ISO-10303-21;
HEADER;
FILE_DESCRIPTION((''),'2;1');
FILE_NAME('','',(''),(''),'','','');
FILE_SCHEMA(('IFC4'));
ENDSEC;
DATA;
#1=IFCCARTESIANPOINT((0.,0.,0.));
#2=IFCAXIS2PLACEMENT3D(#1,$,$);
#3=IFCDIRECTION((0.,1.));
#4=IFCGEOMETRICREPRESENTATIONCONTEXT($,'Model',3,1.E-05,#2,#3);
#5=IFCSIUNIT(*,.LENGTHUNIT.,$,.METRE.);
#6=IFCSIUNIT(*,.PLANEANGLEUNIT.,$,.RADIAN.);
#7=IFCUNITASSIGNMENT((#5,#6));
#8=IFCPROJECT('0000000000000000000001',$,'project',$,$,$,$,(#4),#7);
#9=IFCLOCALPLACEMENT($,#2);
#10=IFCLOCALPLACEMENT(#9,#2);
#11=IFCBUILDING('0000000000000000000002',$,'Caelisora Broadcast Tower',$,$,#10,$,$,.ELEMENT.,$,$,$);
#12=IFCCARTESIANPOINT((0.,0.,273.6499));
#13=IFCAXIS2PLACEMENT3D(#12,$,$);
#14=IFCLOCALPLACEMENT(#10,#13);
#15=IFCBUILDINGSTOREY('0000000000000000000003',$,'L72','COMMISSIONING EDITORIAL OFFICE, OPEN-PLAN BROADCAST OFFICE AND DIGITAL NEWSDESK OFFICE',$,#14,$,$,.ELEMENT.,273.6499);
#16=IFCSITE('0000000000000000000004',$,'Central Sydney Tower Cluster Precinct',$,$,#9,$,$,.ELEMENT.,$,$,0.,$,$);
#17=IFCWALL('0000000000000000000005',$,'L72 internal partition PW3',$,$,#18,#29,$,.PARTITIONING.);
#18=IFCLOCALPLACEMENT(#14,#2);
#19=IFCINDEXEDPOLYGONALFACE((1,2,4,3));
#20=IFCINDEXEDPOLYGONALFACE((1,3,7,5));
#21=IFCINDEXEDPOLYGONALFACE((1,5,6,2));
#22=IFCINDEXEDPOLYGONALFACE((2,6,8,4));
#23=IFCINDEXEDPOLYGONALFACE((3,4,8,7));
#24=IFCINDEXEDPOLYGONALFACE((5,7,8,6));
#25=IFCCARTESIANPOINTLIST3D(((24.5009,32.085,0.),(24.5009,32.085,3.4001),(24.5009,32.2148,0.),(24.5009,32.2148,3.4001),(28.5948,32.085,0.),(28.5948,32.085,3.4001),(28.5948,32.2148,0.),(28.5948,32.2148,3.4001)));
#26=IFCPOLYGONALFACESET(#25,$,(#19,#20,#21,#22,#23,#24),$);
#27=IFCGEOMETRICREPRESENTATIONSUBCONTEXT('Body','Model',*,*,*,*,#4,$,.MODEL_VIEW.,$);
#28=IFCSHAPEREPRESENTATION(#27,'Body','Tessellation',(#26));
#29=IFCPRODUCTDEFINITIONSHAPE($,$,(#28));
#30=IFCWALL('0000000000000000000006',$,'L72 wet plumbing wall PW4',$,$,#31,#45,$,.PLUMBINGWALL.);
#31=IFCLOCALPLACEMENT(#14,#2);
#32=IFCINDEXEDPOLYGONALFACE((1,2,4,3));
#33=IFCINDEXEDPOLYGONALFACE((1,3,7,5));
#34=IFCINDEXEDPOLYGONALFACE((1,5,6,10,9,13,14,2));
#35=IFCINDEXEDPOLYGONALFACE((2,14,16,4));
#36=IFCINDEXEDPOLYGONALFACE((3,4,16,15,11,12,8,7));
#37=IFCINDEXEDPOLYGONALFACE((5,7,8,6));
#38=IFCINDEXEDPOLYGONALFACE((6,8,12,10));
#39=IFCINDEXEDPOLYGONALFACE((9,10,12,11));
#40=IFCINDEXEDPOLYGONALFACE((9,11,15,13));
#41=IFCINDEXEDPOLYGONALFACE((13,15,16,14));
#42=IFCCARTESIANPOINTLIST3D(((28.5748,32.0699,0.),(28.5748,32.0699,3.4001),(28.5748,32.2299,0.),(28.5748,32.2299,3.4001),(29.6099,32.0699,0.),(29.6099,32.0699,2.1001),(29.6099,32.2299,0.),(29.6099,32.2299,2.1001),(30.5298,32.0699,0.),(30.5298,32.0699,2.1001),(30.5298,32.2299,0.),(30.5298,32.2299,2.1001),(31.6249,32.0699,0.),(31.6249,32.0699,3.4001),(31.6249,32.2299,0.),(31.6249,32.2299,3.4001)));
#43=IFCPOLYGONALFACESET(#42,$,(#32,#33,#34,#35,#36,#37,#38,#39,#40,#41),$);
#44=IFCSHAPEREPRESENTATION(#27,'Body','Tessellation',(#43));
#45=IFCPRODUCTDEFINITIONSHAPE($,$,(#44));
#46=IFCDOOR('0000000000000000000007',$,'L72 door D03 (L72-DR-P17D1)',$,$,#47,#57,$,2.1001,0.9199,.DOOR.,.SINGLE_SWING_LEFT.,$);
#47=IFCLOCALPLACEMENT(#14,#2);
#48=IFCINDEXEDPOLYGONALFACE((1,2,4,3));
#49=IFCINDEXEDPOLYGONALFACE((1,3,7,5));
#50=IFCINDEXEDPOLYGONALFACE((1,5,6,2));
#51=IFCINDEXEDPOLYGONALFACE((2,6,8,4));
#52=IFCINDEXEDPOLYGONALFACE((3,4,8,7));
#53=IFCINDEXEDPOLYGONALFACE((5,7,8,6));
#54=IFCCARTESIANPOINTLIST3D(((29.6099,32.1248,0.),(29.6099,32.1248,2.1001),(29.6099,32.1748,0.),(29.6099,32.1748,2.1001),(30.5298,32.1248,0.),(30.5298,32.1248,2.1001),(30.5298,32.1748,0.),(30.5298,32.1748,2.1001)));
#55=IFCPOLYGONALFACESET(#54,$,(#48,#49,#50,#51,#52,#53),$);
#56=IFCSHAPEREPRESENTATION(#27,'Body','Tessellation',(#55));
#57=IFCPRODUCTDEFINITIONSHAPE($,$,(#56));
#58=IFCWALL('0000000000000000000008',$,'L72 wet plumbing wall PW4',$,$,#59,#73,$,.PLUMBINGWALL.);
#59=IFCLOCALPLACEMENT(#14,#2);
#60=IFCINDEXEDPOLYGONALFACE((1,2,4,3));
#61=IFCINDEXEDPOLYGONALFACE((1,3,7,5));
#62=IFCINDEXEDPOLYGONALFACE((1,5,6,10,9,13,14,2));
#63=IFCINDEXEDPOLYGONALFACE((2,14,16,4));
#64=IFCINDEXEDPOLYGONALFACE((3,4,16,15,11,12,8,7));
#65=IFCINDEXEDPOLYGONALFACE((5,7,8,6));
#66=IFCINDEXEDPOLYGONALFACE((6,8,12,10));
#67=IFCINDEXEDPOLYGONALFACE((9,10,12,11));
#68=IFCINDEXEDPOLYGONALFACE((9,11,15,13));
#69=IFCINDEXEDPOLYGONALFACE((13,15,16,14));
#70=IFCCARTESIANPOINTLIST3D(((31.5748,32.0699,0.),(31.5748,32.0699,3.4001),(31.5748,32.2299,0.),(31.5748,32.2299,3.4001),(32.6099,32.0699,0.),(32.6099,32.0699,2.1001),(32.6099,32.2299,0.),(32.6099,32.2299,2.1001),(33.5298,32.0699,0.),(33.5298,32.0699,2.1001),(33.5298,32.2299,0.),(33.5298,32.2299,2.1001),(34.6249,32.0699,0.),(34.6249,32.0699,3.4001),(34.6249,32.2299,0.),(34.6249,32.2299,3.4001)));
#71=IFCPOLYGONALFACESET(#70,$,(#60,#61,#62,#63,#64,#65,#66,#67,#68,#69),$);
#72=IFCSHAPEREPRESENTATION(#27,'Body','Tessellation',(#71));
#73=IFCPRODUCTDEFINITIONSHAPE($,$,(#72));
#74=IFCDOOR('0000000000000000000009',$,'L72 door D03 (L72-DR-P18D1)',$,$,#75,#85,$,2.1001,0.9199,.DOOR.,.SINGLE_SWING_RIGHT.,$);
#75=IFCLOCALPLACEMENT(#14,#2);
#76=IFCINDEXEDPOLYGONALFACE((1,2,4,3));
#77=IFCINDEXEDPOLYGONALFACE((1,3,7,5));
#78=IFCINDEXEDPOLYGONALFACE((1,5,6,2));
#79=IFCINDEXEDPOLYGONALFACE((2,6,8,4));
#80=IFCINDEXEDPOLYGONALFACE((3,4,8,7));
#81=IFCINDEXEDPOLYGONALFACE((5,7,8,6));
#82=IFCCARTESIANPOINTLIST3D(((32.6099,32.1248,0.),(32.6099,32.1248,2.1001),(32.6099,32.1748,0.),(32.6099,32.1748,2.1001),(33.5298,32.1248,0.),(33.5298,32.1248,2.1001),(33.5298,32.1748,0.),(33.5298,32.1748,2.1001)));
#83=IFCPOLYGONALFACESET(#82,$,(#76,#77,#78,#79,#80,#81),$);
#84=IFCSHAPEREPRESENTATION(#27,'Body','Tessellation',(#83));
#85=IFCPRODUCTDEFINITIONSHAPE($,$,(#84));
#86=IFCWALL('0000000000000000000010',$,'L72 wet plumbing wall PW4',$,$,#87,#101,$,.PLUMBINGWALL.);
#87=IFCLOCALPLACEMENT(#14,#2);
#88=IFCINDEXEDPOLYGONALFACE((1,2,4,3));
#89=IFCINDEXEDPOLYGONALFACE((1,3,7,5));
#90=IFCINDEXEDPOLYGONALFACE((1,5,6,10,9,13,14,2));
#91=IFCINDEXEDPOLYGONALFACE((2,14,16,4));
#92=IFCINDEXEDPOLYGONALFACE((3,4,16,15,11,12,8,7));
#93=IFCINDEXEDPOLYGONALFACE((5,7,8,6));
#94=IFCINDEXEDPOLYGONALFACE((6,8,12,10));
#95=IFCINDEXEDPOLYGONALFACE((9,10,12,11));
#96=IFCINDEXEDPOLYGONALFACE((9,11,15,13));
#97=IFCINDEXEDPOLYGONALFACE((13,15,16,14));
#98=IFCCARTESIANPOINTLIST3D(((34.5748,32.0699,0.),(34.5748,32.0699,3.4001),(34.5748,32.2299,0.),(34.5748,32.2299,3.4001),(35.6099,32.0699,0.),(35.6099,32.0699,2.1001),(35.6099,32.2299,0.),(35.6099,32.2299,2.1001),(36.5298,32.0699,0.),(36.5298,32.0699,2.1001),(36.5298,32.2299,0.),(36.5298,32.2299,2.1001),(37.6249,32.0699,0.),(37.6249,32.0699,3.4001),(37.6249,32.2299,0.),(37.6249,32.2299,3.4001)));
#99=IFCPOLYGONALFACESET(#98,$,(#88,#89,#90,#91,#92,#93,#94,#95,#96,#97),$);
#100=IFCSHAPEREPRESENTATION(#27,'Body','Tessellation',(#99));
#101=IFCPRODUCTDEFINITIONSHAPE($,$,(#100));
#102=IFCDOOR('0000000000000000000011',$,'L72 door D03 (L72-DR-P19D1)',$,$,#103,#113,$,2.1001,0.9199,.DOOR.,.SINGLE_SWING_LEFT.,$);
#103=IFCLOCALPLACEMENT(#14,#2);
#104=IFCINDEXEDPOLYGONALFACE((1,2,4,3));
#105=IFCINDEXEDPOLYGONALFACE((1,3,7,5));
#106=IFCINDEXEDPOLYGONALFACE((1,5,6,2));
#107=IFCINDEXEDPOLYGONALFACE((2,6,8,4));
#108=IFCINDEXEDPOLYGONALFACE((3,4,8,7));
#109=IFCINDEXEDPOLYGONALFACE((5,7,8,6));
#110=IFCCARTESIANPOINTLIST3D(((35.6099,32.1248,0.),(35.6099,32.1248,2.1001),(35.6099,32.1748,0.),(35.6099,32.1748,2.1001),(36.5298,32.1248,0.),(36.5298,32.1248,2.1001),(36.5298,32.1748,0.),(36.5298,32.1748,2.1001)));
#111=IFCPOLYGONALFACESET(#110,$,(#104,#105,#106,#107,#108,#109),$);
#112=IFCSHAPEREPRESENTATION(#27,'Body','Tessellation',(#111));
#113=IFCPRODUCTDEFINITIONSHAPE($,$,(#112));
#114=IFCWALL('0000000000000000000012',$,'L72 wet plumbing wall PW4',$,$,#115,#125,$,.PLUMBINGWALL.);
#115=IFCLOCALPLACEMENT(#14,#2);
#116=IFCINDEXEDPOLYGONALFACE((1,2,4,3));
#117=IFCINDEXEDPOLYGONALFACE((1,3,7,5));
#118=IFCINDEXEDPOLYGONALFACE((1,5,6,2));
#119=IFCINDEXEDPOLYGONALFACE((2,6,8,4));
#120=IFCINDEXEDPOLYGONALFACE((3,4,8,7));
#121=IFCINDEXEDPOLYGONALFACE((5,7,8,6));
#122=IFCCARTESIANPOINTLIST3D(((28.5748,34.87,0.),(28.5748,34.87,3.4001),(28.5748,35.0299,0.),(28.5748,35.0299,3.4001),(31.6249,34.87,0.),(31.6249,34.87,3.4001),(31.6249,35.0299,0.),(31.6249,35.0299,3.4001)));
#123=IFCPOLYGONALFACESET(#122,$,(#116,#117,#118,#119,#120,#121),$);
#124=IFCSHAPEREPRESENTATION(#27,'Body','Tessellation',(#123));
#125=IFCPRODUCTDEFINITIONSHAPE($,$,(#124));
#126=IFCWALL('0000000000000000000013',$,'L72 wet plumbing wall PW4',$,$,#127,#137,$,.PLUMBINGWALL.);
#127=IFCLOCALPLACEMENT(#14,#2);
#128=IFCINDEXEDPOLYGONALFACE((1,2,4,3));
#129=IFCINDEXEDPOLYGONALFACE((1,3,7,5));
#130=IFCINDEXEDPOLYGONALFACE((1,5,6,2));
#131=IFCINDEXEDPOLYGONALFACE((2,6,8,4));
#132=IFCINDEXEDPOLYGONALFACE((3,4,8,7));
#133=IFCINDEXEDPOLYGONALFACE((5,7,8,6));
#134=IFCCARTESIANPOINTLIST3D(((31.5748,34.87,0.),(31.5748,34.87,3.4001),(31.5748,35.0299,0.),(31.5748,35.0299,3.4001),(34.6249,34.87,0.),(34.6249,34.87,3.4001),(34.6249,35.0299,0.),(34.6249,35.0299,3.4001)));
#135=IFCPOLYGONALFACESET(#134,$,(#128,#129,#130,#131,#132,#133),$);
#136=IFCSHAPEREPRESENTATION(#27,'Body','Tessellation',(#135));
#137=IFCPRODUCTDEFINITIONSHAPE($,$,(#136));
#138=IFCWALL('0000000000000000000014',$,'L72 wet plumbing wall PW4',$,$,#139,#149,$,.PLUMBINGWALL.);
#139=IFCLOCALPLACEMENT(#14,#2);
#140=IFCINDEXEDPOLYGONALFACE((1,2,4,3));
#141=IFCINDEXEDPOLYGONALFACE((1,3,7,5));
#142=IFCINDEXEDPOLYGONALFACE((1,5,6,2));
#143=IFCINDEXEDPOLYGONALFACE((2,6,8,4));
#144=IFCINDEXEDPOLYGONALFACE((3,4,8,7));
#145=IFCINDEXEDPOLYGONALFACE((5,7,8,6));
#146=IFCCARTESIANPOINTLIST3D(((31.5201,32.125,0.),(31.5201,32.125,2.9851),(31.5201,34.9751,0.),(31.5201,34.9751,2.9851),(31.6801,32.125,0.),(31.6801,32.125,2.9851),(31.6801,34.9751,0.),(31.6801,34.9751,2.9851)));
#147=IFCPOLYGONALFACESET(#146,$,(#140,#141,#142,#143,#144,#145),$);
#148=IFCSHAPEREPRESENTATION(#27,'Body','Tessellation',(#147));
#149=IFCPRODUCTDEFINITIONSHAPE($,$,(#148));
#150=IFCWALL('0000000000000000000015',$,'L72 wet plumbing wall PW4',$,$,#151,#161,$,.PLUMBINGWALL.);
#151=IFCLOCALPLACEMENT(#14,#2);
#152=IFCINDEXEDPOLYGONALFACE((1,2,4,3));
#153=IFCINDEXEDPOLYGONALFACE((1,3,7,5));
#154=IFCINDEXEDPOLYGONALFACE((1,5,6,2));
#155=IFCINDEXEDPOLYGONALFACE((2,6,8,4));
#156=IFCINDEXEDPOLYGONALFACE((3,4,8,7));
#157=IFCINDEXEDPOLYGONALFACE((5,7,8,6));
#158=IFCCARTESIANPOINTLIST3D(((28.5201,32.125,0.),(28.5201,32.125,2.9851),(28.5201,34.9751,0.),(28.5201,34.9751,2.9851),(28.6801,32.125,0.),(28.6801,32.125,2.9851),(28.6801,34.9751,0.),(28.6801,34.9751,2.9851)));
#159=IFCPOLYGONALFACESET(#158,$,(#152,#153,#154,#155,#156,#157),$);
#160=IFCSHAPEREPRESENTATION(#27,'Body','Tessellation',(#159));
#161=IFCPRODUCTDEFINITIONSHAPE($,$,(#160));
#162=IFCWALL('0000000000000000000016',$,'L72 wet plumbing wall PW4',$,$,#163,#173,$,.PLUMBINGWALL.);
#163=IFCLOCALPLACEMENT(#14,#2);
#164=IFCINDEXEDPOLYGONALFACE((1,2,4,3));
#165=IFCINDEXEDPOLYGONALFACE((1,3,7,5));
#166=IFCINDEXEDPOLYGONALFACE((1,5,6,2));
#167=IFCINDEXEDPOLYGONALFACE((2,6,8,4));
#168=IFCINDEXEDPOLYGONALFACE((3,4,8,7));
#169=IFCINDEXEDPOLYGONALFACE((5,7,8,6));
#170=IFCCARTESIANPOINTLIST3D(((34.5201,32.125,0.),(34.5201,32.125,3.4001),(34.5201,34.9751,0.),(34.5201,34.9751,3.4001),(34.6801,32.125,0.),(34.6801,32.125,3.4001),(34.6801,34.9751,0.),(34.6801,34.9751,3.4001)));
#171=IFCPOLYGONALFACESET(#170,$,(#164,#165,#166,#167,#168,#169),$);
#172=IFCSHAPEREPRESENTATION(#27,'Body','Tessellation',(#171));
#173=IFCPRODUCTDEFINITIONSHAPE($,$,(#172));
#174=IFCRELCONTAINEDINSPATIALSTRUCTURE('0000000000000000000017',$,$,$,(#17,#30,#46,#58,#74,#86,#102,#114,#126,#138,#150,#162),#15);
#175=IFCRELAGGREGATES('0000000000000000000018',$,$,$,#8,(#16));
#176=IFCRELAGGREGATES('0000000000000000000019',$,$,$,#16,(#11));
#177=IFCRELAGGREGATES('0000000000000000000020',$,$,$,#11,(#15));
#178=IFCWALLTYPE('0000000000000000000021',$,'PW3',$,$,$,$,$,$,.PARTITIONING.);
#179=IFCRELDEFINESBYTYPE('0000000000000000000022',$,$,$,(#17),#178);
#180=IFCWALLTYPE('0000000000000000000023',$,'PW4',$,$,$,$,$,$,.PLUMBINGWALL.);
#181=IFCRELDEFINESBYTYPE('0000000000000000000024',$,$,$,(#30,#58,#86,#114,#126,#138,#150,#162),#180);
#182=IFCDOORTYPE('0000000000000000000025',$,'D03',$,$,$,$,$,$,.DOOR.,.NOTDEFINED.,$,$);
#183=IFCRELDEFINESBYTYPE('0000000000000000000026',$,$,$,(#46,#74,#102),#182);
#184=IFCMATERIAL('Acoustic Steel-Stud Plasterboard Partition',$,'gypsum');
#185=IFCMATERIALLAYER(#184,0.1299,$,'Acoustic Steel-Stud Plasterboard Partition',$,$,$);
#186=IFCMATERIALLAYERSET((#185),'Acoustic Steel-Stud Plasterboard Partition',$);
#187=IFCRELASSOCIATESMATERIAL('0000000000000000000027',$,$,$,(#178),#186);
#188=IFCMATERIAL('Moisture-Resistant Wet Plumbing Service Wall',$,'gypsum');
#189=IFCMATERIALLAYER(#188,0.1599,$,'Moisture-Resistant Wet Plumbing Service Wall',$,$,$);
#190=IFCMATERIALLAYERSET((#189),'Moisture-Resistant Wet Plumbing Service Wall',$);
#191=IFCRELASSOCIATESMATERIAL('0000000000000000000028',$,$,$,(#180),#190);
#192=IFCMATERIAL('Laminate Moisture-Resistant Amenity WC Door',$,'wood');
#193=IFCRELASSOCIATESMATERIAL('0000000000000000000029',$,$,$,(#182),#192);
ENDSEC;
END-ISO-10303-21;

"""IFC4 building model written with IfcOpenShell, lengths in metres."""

from ifc_helpers import new_model, si_unit, direction, frame, frame_2d, origin, place, context, subcontext, project, spatial, rectangle, extrude, material, layer, layer_set, type_object, element, fill, save


model = new_model("IFC4")

# Units and contexts
model_context = context("Model", 3, precision=1e-05, world=origin(), true_north=direction((0.0, 1.0)))
body_context = subcontext(model_context, "Body", "Model", "MODEL_VIEW")
ifc_project = project(units=[si_unit("LENGTHUNIT", "METRE"), si_unit("PLANEANGLEUNIT", "RADIAN")], contexts=[model_context])

# Site, building, storey
site_placement = place(None, origin())
site = spatial("IfcSite", under=ifc_project, at=site_placement, Name="Central Sydney Tower Cluster Precinct", CompositionType="ELEMENT", RefElevation=0.0)
building_placement = place(site_placement, origin())
building = spatial("IfcBuilding", under=site, at=building_placement, Name="Caelisora Broadcast Tower", CompositionType="ELEMENT")
storey_placement = place(building_placement, frame((0.0, 0.0, 273.6499)))
storey = spatial("IfcBuildingStorey", under=building, at=storey_placement, Name="L72", Description="COMMISSIONING EDITORIAL OFFICE, OPEN-PLAN BROADCAST OFFICE AND DIGITAL NEWSDESK OFFICE", CompositionType="ELEMENT", Elevation=273.6499)

# Wall
ifc_material_1 = material(Name="Acoustic Steel-Stud Plasterboard Partition", Category="gypsum")
ifc_layer_1 = layer(ifc_material_1, 0.1299, Name="Acoustic Steel-Stud Plasterboard Partition")
ifc_layer_set_1 = layer_set([ifc_layer_1], Name="Acoustic Steel-Stud Plasterboard Partition")
wall_type_1 = type_object("IfcWallType", Name="PW3", PredefinedType="PARTITIONING", material=ifc_layer_set_1)
wall_1_placement = place(storey_placement, frame((24.501, 32.1499, 0.0), z_axis=(0.0, 0.0, 1.0), x_axis=(1.0, 0.0, 0.0)))
element("IfcWall", 1, at=wall_1_placement, inside=storey, type_object=wall_type_1, Name="L72 internal partition PW3", PredefinedType="PARTITIONING", context=body_context, shape_type="SweptSolid", body=[
    extrude(rectangle(XDim=4.094, YDim=0.1299, at=frame_2d((2.0469, 0.0))), origin(), (0.0, 0.0, 1.0), 3.4001),
])

# Walls, openings, doors
ifc_material_2 = material(Name="Moisture-Resistant Wet Plumbing Service Wall", Category="gypsum")
ifc_layer_2 = layer(ifc_material_2, 0.1599, Name="Moisture-Resistant Wet Plumbing Service Wall")
ifc_layer_set_2 = layer_set([ifc_layer_2], Name="Moisture-Resistant Wet Plumbing Service Wall")
wall_type_2 = type_object("IfcWallType", Name="PW4", PredefinedType="PLUMBINGWALL", material=ifc_layer_set_2)
wall_2_placement = place(storey_placement, frame((28.575, 32.1499, 0.0), z_axis=(0.0, 0.0, 1.0), x_axis=(1.0, 0.0, 0.0)))
wall_2 = element("IfcWall", 2, at=wall_2_placement, inside=storey, type_object=wall_type_2, Name="L72 wet plumbing wall PW4", PredefinedType="PLUMBINGWALL", context=body_context, shape_type="SweptSolid", body=[
    extrude(rectangle(XDim=3.05, YDim=0.1599, at=frame_2d((1.5249, 0.0))), origin(), (0.0, 0.0, 1.0), 3.4001),
])
opening_1_placement = place(wall_2_placement, frame((1.0349, 0.0, 0.0)))
opening_1 = element("IfcOpeningElement", 3, at=opening_1_placement, cuts=wall_2, PredefinedType="OPENING", context=body_context, shape_type="SweptSolid", body=[
    extrude(rectangle(XDim=0.9199, YDim=2.1001, at=frame_2d((0.46, 1.05))), frame((0.0, 0.092, 0.0), z_axis=(0.0, -1.0, 0.0), x_axis=(1.0, 0.0, 0.0)), (0.0, 0.0, 1.0), 0.1838),
])
ifc_material_3 = material(Name="Laminate Moisture-Resistant Amenity WC Door", Category="wood")
door_type = type_object("IfcDoorType", Name="D03", OperationType="NOTDEFINED", PredefinedType="DOOR", material=ifc_material_3)
door_1_placement = place(opening_1_placement, origin())
door_1 = element("IfcDoor", 4, at=door_1_placement, inside=storey, type_object=door_type, Name="L72 door D03 (L72-DR-P17D1)", OperationType="SINGLE_SWING_LEFT", OverallHeight=2.1001, OverallWidth=0.9199, PredefinedType="DOOR", context=body_context, shape_type="SweptSolid", body=[
    extrude(rectangle(XDim=0.9199, YDim=2.1001, at=frame_2d((0.46, 1.05))), frame((0.0, 0.0249, 0.0), z_axis=(0.0, -1.0, 0.0), x_axis=(1.0, 0.0, 0.0)), (0.0, 0.0, 1.0), 0.05),
])
fill(opening_1, door_1)
wall_3_placement = place(storey_placement, frame((31.575, 32.1499, 0.0), z_axis=(0.0, 0.0, 1.0), x_axis=(1.0, 0.0, 0.0)))
wall_3 = element("IfcWall", 5, at=wall_3_placement, inside=storey, type_object=wall_type_2, Name="L72 wet plumbing wall PW4", PredefinedType="PLUMBINGWALL", context=body_context, shape_type="SweptSolid", body=[
    extrude(rectangle(XDim=3.05, YDim=0.1599, at=frame_2d((1.5249, 0.0))), origin(), (0.0, 0.0, 1.0), 3.4001),
])
opening_2_placement = place(wall_3_placement, frame((1.0349, 0.0, 0.0)))
opening_2 = element("IfcOpeningElement", 6, at=opening_2_placement, cuts=wall_3, PredefinedType="OPENING", context=body_context, shape_type="SweptSolid", body=[
    extrude(rectangle(XDim=0.9199, YDim=2.1001, at=frame_2d((0.46, 1.05))), frame((0.0, 0.092, 0.0), z_axis=(0.0, -1.0, 0.0), x_axis=(1.0, 0.0, 0.0)), (0.0, 0.0, 1.0), 0.1838),
])
door_2_placement = place(opening_2_placement, origin())
door_2 = element("IfcDoor", 7, at=door_2_placement, inside=storey, type_object=door_type, Name="L72 door D03 (L72-DR-P18D1)", OperationType="SINGLE_SWING_RIGHT", OverallHeight=2.1001, OverallWidth=0.9199, PredefinedType="DOOR", context=body_context, shape_type="SweptSolid", body=[
    extrude(rectangle(XDim=0.9199, YDim=2.1001, at=frame_2d((0.46, 1.05))), frame((0.0, 0.0249, 0.0), z_axis=(0.0, -1.0, 0.0), x_axis=(1.0, 0.0, 0.0)), (0.0, 0.0, 1.0), 0.05),
])
fill(opening_2, door_2)
wall_4_placement = place(storey_placement, frame((34.575, 32.1499, 0.0), z_axis=(0.0, 0.0, 1.0), x_axis=(1.0, 0.0, 0.0)))
wall_4 = element("IfcWall", 8, at=wall_4_placement, inside=storey, type_object=wall_type_2, Name="L72 wet plumbing wall PW4", PredefinedType="PLUMBINGWALL", context=body_context, shape_type="SweptSolid", body=[
    extrude(rectangle(XDim=3.05, YDim=0.1599, at=frame_2d((1.5249, 0.0))), origin(), (0.0, 0.0, 1.0), 3.4001),
])
opening_3_placement = place(wall_4_placement, frame((1.0349, 0.0, 0.0)))
opening_3 = element("IfcOpeningElement", 9, at=opening_3_placement, cuts=wall_4, PredefinedType="OPENING", context=body_context, shape_type="SweptSolid", body=[
    extrude(rectangle(XDim=0.9199, YDim=2.1001, at=frame_2d((0.46, 1.05))), frame((0.0, 0.092, 0.0), z_axis=(0.0, -1.0, 0.0), x_axis=(1.0, 0.0, 0.0)), (0.0, 0.0, 1.0), 0.1838),
])
door_3_placement = place(opening_3_placement, origin())
door_3 = element("IfcDoor", 10, at=door_3_placement, inside=storey, type_object=door_type, Name="L72 door D03 (L72-DR-P19D1)", OperationType="SINGLE_SWING_LEFT", OverallHeight=2.1001, OverallWidth=0.9199, PredefinedType="DOOR", context=body_context, shape_type="SweptSolid", body=[
    extrude(rectangle(XDim=0.9199, YDim=2.1001, at=frame_2d((0.46, 1.05))), frame((0.0, 0.0249, 0.0), z_axis=(0.0, -1.0, 0.0), x_axis=(1.0, 0.0, 0.0)), (0.0, 0.0, 1.0), 0.05),
])
fill(opening_3, door_3)

# Walls
for number, where, z_axis, x_axis, name in (
    (11, (28.575, 34.95, 0.0), (0.0, 0.0, 1.0), (1.0, 0.0, 0.0), "L72 wet plumbing wall PW4"),
    (12, (31.575, 34.95, 0.0), (0.0, 0.0, 1.0), (1.0, 0.0, 0.0), "L72 wet plumbing wall PW4"),
):
    element("IfcWall", number, at=place(storey_placement, frame(where, z_axis=z_axis, x_axis=x_axis)), inside=storey, type_object=wall_type_2, Name=name, PredefinedType="PLUMBINGWALL", context=body_context, shape_type="SweptSolid", body=[
        extrude(rectangle(XDim=3.05, YDim=0.1599, at=frame_2d((1.5249, 0.0))), origin(), (0.0, 0.0, 1.0), 3.4001),
    ])
for number, where, z_axis, x_axis, name in (
    (13, (31.6001, 32.125, 0.0), (0.0, 0.0, 1.0), (0.0, 1.0, 0.0), "L72 wet plumbing wall PW4"),
    (14, (28.6001, 32.125, 0.0), (0.0, 0.0, 1.0), (0.0, 1.0, 0.0), "L72 wet plumbing wall PW4"),
):
    element("IfcWall", number, at=place(storey_placement, frame(where, z_axis=z_axis, x_axis=x_axis)), inside=storey, type_object=wall_type_2, Name=name, PredefinedType="PLUMBINGWALL", context=body_context, shape_type="SweptSolid", body=[
        extrude(rectangle(XDim=2.8501, YDim=0.1599, at=frame_2d((1.425, 0.0))), origin(), (0.0, 0.0, 1.0), 2.9851),
    ])
wall_5_placement = place(storey_placement, frame((34.6001, 32.125, 0.0), z_axis=(0.0, 0.0, 1.0), x_axis=(0.0, 1.0, 0.0)))
element("IfcWall", 15, at=wall_5_placement, inside=storey, type_object=wall_type_2, Name="L72 wet plumbing wall PW4", PredefinedType="PLUMBINGWALL", context=body_context, shape_type="SweptSolid", body=[
    extrude(rectangle(XDim=2.8501, YDim=0.1599, at=frame_2d((1.425, 0.0))), origin(), (0.0, 0.0, 1.0), 3.4001),
])

save(model, "model.ifc")
